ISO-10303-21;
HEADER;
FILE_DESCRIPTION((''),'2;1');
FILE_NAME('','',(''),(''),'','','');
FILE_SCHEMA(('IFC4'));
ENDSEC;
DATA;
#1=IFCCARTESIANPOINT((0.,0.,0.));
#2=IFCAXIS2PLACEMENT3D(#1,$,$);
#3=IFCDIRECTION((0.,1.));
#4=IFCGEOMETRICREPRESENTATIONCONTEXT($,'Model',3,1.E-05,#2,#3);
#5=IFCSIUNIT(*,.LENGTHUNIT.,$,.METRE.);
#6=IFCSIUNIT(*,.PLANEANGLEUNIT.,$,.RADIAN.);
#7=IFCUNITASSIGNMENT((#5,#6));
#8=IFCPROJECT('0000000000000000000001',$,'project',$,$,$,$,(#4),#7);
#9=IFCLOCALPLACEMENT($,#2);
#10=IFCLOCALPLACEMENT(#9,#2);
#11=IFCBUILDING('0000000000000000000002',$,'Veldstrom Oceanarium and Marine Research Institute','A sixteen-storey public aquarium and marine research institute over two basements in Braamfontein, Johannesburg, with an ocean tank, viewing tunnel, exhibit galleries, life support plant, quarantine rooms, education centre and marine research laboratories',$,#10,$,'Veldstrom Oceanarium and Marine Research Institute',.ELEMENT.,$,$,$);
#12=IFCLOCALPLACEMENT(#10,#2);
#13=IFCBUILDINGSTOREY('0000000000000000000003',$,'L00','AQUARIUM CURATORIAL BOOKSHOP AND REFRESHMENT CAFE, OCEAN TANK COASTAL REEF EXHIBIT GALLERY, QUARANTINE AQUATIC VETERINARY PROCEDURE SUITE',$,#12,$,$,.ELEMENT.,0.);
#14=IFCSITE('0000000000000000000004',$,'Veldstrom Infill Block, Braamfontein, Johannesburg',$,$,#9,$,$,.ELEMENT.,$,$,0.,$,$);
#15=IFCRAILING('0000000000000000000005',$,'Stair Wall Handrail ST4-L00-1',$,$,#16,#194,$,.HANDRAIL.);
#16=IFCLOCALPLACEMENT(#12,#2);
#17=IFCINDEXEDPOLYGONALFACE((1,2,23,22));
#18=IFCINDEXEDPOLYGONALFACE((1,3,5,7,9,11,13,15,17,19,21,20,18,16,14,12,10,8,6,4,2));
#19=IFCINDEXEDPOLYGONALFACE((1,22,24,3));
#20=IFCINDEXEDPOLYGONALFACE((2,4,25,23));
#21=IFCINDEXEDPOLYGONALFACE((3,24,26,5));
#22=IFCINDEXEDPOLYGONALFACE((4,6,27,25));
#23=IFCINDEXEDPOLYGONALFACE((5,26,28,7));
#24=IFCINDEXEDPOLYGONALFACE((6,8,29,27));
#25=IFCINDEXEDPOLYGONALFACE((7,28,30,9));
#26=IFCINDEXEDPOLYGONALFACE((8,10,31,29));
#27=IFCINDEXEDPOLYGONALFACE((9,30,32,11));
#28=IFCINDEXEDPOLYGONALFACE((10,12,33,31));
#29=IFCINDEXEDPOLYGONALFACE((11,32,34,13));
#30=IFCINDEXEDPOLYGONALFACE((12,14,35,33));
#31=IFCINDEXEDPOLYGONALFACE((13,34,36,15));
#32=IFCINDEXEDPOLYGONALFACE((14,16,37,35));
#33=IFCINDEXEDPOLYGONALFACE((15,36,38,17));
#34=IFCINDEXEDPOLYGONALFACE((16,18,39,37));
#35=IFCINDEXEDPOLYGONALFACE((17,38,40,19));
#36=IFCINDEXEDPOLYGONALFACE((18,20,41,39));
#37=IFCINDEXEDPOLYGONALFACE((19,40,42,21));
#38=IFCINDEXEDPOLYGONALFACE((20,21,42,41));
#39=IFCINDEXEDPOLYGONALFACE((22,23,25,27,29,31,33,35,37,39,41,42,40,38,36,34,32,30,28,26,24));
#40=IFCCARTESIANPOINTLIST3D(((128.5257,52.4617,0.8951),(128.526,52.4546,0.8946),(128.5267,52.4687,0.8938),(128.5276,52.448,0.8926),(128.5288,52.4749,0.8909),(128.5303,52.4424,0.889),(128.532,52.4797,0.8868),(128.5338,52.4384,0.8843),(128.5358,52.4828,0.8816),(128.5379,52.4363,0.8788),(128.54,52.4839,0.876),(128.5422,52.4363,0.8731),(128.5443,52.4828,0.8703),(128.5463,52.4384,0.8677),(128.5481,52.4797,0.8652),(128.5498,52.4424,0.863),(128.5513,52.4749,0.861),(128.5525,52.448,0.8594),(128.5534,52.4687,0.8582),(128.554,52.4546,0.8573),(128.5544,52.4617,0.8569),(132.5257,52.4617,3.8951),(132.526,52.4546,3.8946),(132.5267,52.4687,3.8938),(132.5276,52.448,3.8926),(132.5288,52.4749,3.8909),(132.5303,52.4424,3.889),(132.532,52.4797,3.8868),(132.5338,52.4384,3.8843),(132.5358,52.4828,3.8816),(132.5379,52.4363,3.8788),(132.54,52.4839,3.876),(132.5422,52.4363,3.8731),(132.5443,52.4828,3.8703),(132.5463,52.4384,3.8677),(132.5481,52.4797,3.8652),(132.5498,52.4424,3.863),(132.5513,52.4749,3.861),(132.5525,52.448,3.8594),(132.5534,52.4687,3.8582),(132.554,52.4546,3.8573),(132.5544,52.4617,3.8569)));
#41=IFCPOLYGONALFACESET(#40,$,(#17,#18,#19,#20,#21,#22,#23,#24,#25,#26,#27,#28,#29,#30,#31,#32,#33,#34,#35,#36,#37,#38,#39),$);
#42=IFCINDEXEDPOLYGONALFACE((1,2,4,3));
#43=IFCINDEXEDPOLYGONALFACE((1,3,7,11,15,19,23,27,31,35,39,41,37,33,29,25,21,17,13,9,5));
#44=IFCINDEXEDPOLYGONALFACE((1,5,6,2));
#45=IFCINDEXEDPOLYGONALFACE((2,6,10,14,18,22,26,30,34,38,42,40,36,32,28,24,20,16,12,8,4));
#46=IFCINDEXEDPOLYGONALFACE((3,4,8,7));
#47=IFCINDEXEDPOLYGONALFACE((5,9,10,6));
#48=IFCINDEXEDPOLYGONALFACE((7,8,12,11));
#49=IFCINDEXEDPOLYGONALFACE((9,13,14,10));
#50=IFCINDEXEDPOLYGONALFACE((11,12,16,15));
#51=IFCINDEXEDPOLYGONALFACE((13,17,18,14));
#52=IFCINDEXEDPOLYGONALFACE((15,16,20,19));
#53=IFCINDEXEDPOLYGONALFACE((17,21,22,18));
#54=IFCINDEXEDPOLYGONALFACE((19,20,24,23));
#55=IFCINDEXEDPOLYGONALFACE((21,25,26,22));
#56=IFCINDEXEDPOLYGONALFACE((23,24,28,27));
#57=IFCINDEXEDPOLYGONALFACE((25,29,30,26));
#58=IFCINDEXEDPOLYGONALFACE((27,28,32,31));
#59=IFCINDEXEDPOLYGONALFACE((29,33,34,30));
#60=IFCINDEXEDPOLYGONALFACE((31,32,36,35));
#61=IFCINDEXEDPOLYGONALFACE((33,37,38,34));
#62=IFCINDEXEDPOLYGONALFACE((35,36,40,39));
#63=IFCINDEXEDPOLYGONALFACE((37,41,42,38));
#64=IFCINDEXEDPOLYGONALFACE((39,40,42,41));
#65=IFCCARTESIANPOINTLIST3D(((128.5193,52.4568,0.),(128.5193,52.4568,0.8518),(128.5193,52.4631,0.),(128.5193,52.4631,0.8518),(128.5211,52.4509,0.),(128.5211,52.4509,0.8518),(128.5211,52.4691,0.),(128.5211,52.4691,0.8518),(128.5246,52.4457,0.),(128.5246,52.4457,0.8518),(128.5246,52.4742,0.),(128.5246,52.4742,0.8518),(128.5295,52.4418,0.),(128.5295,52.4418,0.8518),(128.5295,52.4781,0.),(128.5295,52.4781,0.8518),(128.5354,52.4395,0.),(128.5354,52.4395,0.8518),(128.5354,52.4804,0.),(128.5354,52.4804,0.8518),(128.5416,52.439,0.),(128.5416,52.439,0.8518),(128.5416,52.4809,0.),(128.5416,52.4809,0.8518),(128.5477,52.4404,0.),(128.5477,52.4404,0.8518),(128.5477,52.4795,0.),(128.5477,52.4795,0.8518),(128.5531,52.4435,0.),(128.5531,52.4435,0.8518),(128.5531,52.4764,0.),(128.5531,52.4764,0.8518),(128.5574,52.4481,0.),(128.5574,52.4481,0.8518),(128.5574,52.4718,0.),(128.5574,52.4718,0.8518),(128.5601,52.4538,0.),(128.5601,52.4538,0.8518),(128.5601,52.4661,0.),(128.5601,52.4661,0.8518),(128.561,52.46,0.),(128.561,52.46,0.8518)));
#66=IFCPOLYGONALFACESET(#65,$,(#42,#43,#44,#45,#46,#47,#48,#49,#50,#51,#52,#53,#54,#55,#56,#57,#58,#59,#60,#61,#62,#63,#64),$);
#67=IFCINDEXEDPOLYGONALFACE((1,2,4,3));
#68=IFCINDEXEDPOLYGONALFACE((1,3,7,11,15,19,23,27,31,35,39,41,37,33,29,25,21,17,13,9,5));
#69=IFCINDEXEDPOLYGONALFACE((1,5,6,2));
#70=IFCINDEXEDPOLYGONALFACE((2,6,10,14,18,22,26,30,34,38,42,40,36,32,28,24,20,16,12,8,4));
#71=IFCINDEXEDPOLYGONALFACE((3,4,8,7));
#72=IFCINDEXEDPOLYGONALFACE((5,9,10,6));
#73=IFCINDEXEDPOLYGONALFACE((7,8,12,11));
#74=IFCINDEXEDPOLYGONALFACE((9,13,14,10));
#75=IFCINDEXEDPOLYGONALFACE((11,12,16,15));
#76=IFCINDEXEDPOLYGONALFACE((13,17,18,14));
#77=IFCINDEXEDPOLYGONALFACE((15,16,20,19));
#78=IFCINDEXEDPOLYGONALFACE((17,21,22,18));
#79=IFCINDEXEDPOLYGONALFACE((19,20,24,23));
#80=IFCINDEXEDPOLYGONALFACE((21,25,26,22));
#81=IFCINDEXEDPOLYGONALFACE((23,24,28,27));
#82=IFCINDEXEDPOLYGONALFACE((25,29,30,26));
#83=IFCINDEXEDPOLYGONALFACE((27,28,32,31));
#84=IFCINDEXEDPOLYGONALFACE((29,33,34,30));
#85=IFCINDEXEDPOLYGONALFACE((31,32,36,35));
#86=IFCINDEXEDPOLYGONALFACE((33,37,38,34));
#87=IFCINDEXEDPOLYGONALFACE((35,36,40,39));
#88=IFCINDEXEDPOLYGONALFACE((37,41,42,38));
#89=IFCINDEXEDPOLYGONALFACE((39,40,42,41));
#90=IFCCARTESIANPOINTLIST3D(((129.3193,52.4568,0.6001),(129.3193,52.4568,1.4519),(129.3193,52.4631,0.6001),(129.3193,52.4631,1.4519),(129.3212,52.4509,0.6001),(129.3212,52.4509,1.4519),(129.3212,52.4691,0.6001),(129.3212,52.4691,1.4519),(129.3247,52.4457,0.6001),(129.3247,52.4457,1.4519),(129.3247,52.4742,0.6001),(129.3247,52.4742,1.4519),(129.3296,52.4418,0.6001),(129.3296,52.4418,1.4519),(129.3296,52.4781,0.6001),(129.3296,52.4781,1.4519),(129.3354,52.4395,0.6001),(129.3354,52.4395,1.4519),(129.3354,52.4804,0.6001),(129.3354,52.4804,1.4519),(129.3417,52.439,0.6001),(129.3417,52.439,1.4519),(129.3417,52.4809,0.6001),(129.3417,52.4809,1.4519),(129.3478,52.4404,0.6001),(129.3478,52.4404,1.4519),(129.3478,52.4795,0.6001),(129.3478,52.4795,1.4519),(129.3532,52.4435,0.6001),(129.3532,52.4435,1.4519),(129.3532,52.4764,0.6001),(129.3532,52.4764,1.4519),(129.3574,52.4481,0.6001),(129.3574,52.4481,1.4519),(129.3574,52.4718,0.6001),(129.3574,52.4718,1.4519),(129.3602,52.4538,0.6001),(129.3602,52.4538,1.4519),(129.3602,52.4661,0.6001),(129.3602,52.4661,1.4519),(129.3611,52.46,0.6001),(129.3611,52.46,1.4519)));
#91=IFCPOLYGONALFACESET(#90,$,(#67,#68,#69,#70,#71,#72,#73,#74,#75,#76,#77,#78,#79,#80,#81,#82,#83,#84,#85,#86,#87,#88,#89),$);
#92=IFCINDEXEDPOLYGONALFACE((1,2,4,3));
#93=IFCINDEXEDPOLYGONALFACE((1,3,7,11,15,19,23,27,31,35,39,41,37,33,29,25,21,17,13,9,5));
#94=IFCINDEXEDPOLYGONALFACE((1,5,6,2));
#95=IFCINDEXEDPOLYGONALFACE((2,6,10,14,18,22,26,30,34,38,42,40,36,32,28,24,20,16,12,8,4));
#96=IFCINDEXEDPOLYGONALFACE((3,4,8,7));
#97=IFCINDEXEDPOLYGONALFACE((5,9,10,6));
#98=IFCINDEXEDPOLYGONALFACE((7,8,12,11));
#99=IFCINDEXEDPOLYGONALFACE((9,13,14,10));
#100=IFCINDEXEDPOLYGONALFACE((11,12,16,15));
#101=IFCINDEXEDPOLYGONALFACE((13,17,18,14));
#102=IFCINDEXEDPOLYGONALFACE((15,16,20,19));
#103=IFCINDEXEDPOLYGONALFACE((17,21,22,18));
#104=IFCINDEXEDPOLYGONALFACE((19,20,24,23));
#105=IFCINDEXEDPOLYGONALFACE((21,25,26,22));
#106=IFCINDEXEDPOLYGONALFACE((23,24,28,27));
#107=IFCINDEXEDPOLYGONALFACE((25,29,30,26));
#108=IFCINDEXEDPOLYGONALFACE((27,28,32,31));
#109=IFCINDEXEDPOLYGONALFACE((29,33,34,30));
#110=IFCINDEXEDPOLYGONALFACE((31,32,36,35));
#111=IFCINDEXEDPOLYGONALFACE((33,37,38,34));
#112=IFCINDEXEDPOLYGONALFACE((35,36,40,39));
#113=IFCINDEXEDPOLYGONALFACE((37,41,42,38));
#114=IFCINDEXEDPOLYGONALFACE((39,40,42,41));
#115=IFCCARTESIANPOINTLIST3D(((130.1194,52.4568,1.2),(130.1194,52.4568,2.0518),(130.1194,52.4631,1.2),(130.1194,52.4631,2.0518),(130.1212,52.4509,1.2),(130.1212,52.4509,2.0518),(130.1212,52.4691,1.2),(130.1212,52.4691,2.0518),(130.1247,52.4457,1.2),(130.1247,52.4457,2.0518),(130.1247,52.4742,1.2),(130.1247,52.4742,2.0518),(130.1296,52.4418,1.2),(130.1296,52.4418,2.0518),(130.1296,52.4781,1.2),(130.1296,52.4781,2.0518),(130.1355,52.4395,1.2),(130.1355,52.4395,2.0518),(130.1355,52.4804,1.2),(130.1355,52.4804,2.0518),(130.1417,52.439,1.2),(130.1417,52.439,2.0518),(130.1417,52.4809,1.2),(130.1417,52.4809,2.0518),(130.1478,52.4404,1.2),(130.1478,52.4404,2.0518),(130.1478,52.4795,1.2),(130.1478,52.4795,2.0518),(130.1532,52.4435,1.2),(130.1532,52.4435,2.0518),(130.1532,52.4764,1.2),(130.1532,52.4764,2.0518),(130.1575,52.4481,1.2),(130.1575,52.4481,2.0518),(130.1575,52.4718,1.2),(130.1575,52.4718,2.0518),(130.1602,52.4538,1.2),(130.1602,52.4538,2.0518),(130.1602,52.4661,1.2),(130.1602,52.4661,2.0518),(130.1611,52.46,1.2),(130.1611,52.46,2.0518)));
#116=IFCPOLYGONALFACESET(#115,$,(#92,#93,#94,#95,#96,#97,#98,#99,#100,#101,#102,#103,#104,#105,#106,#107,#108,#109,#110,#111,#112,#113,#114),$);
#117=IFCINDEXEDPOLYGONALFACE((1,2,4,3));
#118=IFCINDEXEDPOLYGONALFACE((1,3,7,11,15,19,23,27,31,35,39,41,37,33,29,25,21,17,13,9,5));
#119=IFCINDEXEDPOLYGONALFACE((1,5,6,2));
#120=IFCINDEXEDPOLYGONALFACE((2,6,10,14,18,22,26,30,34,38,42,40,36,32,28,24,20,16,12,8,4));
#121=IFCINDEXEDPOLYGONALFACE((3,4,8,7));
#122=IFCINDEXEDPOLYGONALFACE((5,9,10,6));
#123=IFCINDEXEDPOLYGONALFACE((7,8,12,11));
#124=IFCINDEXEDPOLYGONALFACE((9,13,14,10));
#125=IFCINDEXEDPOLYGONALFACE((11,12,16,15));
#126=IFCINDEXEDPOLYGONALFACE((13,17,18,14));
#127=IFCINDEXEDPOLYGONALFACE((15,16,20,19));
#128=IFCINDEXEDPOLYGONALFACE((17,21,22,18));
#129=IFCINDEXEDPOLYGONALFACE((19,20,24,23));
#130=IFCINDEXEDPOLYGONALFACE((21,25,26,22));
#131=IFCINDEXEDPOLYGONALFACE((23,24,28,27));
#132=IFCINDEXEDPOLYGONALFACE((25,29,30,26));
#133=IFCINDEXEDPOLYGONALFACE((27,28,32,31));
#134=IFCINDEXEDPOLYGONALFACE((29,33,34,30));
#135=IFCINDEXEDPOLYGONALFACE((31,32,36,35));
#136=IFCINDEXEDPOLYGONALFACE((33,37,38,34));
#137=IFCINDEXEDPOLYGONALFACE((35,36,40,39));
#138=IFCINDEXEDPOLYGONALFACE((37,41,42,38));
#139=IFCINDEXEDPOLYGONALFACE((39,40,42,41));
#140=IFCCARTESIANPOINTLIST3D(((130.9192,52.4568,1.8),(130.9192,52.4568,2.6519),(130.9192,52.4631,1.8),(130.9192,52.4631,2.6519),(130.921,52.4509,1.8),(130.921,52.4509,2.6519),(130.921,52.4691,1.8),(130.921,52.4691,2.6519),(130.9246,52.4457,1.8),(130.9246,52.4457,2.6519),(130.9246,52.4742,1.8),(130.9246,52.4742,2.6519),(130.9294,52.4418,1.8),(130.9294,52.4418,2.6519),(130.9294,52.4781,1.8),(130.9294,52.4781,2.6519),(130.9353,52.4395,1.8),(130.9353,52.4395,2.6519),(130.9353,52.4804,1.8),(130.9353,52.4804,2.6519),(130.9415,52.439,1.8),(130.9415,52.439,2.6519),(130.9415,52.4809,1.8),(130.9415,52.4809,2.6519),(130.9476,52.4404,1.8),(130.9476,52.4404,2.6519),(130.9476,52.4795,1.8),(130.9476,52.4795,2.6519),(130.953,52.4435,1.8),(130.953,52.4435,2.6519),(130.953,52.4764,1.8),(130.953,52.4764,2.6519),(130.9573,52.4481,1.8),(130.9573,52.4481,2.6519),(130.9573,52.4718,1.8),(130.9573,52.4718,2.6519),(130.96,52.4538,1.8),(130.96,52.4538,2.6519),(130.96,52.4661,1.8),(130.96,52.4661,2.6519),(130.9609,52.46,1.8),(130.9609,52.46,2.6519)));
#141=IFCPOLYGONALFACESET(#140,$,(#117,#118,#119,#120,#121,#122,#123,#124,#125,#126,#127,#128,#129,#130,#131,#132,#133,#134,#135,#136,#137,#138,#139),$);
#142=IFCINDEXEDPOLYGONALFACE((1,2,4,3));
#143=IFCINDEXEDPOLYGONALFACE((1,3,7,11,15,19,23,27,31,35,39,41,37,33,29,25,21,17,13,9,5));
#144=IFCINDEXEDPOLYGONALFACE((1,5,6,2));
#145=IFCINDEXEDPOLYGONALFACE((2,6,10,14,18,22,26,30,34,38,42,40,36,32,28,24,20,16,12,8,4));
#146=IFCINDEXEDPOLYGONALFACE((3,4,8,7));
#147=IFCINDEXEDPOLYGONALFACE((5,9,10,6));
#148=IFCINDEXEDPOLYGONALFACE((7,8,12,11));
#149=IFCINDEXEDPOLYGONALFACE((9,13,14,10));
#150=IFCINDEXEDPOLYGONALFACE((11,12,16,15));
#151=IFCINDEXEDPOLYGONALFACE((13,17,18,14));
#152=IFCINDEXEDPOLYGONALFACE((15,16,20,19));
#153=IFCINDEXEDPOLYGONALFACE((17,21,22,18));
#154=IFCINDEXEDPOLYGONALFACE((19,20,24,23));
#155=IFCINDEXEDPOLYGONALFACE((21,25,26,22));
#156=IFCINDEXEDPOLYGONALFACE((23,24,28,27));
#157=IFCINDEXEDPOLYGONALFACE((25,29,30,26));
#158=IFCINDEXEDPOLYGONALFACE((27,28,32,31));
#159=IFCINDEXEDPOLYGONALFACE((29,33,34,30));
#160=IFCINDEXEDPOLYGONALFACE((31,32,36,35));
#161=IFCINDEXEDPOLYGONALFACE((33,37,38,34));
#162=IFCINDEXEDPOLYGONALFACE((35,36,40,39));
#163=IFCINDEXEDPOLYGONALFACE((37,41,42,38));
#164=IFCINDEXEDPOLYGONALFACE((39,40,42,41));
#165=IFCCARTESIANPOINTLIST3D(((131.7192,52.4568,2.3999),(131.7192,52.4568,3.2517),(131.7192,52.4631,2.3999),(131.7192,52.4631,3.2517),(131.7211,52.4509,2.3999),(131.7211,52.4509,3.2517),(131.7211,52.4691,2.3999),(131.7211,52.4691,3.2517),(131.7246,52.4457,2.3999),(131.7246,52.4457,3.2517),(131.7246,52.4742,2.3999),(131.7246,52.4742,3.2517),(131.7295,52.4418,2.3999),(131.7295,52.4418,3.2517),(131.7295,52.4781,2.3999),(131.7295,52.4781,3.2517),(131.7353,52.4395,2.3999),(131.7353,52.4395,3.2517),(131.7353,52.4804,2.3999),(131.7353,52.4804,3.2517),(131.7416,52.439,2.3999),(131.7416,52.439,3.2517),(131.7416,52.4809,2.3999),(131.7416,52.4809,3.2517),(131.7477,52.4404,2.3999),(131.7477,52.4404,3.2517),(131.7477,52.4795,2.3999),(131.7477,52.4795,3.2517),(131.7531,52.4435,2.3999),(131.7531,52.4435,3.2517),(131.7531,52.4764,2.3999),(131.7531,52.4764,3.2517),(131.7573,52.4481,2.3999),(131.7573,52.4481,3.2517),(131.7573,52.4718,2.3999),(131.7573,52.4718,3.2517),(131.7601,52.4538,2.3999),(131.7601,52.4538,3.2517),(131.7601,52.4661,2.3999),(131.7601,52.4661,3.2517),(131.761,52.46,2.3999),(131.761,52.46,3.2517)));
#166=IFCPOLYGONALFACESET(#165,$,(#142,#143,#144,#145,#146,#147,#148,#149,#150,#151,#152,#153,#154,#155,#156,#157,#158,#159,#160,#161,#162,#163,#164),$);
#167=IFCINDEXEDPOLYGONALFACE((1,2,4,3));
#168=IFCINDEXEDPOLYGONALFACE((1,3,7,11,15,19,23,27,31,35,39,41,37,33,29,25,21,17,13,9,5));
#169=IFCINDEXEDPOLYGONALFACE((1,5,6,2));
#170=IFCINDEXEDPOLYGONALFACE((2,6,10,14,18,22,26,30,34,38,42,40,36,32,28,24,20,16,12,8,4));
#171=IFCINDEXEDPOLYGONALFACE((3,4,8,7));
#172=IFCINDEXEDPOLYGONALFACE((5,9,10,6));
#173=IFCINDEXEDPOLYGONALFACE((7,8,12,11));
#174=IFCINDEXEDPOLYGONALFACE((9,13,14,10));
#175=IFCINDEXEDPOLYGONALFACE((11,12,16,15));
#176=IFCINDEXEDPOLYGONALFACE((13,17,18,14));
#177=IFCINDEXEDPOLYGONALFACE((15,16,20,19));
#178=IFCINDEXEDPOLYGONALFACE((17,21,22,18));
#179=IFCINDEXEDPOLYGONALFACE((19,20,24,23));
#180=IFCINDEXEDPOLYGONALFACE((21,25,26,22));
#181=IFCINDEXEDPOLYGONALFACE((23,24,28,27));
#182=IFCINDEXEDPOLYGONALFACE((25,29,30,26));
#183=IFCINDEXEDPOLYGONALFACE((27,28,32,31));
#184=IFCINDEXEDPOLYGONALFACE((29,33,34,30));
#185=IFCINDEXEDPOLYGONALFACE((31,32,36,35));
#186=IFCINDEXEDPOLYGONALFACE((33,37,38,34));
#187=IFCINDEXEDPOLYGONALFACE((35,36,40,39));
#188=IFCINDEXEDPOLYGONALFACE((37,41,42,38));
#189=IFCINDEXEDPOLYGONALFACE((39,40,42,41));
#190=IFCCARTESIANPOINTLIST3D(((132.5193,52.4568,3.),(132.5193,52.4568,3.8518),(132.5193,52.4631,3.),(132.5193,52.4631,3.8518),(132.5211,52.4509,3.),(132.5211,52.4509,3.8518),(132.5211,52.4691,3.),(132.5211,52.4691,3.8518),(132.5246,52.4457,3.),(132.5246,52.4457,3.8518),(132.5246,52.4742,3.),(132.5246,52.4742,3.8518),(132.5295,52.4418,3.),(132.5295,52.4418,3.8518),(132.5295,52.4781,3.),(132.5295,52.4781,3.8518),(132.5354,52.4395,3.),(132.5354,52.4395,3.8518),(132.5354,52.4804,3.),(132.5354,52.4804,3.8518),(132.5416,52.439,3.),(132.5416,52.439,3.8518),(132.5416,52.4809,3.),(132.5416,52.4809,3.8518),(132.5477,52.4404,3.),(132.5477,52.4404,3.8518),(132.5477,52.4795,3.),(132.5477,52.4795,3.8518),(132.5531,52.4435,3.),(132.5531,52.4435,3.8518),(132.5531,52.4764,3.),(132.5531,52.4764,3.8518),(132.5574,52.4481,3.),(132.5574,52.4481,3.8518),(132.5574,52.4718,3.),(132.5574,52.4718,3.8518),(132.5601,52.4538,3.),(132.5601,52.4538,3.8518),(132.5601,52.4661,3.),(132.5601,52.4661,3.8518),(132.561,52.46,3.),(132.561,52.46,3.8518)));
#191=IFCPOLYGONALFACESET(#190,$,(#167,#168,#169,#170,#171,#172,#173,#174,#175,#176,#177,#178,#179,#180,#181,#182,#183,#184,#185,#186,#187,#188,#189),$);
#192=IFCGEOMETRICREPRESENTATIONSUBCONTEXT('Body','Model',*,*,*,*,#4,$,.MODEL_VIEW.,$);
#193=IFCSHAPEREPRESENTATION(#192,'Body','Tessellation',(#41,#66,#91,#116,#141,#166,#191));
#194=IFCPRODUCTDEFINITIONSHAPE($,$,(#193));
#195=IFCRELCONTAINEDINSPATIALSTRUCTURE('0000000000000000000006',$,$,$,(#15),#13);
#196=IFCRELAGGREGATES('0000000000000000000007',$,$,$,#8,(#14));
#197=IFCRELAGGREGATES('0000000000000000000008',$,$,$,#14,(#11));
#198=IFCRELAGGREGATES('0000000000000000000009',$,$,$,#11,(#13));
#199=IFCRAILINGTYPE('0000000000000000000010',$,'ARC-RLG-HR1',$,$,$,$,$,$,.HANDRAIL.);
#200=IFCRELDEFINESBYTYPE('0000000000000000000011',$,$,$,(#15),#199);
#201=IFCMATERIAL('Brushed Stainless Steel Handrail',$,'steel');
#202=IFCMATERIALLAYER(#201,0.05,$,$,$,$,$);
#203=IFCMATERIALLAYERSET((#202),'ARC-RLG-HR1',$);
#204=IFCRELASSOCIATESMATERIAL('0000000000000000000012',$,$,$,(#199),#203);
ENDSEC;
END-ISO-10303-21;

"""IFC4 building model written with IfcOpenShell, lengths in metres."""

from ifc_helpers import new_model, si_unit, direction, frame, origin, origin_2d, place, context, subcontext, project, spatial, circle, extrude, material, layer, layer_set, type_object, element, save


model = new_model("IFC4")

# Units and contexts
model_context = context("Model", 3, precision=1e-05, world=origin(), true_north=direction((0.0, 1.0)))
body_context = subcontext(model_context, "Body", "Model", "MODEL_VIEW")
ifc_project = project(units=[si_unit("LENGTHUNIT", "METRE"), si_unit("PLANEANGLEUNIT", "RADIAN")], contexts=[model_context])

# Site, building, storey
site_placement = place(None, origin())
site = spatial("IfcSite", under=ifc_project, at=site_placement, Name="Veldstrom Infill Block, Braamfontein, Johannesburg", CompositionType="ELEMENT", RefElevation=0.0)
building_placement = place(site_placement, origin())
building = spatial("IfcBuilding", under=site, at=building_placement, Name="Veldstrom Oceanarium and Marine Research Institute", Description="A sixteen-storey public aquarium and marine research institute over two basements in Braamfontein, Johannesburg, with an ocean tank, viewing tunnel, exhibit galleries, life support plant, quarantine rooms, education centre and marine research laboratories", LongName="Veldstrom Oceanarium and Marine Research Institute", CompositionType="ELEMENT")
storey_placement = place(building_placement, origin())
storey = spatial("IfcBuildingStorey", under=building, at=storey_placement, Name="L00", Description="AQUARIUM CURATORIAL BOOKSHOP AND REFRESHMENT CAFE, OCEAN TANK COASTAL REEF EXHIBIT GALLERY, QUARANTINE AQUATIC VETERINARY PROCEDURE SUITE", CompositionType="ELEMENT", Elevation=0.0)

# Railing
ifc_material_1 = material(Name="Brushed Stainless Steel Handrail", Category="steel")
ifc_layer_1 = layer(ifc_material_1, 0.05)
ifc_layer_set_1 = layer_set([ifc_layer_1], Name="ARC-RLG-HR1")
railing_type_1 = type_object("IfcRailingType", Name="ARC-RLG-HR1", PredefinedType="HANDRAIL", material=ifc_layer_set_1)
railing_1_placement = place(storey_placement, frame((128.54, 52.46, 0.0)))
element("IfcRailing", 1, at=railing_1_placement, inside=storey, type_object=railing_type_1, Name="Stair Wall Handrail ST4-L00-1", PredefinedType="HANDRAIL", context=body_context, shape_type="SweptSolid", body=[
    extrude(circle(Radius=0.0239, at=origin_2d()), frame((0.0, 0.0, 0.876), z_axis=(0.8, 0.0, 0.6), x_axis=(0.0, 1.0, 0.0)), (0.0, 0.0, 1.0), 5.0),
    extrude(circle(Radius=0.021, at=origin_2d()), origin(), (0.0, 0.0, 1.0), 0.8518),
    extrude(circle(Radius=0.021, at=origin_2d()), frame((0.8, 0.0, 0.6001)), (0.0, 0.0, 1.0), 0.8518),
    extrude(circle(Radius=0.021, at=origin_2d()), frame((1.6001, 0.0, 1.2)), (0.0, 0.0, 1.0), 0.8518),
    extrude(circle(Radius=0.021, at=origin_2d()), frame((2.3999, 0.0, 1.8)), (0.0, 0.0, 1.0), 0.8518),
    extrude(circle(Radius=0.021, at=origin_2d()), frame((3.2, 0.0, 2.3999)), (0.0, 0.0, 1.0), 0.8518),
    extrude(circle(Radius=0.021, at=origin_2d()), frame((4.0, 0.0, 3.0)), (0.0, 0.0, 1.0), 0.8518),
])

save(model, "model.ifc")
